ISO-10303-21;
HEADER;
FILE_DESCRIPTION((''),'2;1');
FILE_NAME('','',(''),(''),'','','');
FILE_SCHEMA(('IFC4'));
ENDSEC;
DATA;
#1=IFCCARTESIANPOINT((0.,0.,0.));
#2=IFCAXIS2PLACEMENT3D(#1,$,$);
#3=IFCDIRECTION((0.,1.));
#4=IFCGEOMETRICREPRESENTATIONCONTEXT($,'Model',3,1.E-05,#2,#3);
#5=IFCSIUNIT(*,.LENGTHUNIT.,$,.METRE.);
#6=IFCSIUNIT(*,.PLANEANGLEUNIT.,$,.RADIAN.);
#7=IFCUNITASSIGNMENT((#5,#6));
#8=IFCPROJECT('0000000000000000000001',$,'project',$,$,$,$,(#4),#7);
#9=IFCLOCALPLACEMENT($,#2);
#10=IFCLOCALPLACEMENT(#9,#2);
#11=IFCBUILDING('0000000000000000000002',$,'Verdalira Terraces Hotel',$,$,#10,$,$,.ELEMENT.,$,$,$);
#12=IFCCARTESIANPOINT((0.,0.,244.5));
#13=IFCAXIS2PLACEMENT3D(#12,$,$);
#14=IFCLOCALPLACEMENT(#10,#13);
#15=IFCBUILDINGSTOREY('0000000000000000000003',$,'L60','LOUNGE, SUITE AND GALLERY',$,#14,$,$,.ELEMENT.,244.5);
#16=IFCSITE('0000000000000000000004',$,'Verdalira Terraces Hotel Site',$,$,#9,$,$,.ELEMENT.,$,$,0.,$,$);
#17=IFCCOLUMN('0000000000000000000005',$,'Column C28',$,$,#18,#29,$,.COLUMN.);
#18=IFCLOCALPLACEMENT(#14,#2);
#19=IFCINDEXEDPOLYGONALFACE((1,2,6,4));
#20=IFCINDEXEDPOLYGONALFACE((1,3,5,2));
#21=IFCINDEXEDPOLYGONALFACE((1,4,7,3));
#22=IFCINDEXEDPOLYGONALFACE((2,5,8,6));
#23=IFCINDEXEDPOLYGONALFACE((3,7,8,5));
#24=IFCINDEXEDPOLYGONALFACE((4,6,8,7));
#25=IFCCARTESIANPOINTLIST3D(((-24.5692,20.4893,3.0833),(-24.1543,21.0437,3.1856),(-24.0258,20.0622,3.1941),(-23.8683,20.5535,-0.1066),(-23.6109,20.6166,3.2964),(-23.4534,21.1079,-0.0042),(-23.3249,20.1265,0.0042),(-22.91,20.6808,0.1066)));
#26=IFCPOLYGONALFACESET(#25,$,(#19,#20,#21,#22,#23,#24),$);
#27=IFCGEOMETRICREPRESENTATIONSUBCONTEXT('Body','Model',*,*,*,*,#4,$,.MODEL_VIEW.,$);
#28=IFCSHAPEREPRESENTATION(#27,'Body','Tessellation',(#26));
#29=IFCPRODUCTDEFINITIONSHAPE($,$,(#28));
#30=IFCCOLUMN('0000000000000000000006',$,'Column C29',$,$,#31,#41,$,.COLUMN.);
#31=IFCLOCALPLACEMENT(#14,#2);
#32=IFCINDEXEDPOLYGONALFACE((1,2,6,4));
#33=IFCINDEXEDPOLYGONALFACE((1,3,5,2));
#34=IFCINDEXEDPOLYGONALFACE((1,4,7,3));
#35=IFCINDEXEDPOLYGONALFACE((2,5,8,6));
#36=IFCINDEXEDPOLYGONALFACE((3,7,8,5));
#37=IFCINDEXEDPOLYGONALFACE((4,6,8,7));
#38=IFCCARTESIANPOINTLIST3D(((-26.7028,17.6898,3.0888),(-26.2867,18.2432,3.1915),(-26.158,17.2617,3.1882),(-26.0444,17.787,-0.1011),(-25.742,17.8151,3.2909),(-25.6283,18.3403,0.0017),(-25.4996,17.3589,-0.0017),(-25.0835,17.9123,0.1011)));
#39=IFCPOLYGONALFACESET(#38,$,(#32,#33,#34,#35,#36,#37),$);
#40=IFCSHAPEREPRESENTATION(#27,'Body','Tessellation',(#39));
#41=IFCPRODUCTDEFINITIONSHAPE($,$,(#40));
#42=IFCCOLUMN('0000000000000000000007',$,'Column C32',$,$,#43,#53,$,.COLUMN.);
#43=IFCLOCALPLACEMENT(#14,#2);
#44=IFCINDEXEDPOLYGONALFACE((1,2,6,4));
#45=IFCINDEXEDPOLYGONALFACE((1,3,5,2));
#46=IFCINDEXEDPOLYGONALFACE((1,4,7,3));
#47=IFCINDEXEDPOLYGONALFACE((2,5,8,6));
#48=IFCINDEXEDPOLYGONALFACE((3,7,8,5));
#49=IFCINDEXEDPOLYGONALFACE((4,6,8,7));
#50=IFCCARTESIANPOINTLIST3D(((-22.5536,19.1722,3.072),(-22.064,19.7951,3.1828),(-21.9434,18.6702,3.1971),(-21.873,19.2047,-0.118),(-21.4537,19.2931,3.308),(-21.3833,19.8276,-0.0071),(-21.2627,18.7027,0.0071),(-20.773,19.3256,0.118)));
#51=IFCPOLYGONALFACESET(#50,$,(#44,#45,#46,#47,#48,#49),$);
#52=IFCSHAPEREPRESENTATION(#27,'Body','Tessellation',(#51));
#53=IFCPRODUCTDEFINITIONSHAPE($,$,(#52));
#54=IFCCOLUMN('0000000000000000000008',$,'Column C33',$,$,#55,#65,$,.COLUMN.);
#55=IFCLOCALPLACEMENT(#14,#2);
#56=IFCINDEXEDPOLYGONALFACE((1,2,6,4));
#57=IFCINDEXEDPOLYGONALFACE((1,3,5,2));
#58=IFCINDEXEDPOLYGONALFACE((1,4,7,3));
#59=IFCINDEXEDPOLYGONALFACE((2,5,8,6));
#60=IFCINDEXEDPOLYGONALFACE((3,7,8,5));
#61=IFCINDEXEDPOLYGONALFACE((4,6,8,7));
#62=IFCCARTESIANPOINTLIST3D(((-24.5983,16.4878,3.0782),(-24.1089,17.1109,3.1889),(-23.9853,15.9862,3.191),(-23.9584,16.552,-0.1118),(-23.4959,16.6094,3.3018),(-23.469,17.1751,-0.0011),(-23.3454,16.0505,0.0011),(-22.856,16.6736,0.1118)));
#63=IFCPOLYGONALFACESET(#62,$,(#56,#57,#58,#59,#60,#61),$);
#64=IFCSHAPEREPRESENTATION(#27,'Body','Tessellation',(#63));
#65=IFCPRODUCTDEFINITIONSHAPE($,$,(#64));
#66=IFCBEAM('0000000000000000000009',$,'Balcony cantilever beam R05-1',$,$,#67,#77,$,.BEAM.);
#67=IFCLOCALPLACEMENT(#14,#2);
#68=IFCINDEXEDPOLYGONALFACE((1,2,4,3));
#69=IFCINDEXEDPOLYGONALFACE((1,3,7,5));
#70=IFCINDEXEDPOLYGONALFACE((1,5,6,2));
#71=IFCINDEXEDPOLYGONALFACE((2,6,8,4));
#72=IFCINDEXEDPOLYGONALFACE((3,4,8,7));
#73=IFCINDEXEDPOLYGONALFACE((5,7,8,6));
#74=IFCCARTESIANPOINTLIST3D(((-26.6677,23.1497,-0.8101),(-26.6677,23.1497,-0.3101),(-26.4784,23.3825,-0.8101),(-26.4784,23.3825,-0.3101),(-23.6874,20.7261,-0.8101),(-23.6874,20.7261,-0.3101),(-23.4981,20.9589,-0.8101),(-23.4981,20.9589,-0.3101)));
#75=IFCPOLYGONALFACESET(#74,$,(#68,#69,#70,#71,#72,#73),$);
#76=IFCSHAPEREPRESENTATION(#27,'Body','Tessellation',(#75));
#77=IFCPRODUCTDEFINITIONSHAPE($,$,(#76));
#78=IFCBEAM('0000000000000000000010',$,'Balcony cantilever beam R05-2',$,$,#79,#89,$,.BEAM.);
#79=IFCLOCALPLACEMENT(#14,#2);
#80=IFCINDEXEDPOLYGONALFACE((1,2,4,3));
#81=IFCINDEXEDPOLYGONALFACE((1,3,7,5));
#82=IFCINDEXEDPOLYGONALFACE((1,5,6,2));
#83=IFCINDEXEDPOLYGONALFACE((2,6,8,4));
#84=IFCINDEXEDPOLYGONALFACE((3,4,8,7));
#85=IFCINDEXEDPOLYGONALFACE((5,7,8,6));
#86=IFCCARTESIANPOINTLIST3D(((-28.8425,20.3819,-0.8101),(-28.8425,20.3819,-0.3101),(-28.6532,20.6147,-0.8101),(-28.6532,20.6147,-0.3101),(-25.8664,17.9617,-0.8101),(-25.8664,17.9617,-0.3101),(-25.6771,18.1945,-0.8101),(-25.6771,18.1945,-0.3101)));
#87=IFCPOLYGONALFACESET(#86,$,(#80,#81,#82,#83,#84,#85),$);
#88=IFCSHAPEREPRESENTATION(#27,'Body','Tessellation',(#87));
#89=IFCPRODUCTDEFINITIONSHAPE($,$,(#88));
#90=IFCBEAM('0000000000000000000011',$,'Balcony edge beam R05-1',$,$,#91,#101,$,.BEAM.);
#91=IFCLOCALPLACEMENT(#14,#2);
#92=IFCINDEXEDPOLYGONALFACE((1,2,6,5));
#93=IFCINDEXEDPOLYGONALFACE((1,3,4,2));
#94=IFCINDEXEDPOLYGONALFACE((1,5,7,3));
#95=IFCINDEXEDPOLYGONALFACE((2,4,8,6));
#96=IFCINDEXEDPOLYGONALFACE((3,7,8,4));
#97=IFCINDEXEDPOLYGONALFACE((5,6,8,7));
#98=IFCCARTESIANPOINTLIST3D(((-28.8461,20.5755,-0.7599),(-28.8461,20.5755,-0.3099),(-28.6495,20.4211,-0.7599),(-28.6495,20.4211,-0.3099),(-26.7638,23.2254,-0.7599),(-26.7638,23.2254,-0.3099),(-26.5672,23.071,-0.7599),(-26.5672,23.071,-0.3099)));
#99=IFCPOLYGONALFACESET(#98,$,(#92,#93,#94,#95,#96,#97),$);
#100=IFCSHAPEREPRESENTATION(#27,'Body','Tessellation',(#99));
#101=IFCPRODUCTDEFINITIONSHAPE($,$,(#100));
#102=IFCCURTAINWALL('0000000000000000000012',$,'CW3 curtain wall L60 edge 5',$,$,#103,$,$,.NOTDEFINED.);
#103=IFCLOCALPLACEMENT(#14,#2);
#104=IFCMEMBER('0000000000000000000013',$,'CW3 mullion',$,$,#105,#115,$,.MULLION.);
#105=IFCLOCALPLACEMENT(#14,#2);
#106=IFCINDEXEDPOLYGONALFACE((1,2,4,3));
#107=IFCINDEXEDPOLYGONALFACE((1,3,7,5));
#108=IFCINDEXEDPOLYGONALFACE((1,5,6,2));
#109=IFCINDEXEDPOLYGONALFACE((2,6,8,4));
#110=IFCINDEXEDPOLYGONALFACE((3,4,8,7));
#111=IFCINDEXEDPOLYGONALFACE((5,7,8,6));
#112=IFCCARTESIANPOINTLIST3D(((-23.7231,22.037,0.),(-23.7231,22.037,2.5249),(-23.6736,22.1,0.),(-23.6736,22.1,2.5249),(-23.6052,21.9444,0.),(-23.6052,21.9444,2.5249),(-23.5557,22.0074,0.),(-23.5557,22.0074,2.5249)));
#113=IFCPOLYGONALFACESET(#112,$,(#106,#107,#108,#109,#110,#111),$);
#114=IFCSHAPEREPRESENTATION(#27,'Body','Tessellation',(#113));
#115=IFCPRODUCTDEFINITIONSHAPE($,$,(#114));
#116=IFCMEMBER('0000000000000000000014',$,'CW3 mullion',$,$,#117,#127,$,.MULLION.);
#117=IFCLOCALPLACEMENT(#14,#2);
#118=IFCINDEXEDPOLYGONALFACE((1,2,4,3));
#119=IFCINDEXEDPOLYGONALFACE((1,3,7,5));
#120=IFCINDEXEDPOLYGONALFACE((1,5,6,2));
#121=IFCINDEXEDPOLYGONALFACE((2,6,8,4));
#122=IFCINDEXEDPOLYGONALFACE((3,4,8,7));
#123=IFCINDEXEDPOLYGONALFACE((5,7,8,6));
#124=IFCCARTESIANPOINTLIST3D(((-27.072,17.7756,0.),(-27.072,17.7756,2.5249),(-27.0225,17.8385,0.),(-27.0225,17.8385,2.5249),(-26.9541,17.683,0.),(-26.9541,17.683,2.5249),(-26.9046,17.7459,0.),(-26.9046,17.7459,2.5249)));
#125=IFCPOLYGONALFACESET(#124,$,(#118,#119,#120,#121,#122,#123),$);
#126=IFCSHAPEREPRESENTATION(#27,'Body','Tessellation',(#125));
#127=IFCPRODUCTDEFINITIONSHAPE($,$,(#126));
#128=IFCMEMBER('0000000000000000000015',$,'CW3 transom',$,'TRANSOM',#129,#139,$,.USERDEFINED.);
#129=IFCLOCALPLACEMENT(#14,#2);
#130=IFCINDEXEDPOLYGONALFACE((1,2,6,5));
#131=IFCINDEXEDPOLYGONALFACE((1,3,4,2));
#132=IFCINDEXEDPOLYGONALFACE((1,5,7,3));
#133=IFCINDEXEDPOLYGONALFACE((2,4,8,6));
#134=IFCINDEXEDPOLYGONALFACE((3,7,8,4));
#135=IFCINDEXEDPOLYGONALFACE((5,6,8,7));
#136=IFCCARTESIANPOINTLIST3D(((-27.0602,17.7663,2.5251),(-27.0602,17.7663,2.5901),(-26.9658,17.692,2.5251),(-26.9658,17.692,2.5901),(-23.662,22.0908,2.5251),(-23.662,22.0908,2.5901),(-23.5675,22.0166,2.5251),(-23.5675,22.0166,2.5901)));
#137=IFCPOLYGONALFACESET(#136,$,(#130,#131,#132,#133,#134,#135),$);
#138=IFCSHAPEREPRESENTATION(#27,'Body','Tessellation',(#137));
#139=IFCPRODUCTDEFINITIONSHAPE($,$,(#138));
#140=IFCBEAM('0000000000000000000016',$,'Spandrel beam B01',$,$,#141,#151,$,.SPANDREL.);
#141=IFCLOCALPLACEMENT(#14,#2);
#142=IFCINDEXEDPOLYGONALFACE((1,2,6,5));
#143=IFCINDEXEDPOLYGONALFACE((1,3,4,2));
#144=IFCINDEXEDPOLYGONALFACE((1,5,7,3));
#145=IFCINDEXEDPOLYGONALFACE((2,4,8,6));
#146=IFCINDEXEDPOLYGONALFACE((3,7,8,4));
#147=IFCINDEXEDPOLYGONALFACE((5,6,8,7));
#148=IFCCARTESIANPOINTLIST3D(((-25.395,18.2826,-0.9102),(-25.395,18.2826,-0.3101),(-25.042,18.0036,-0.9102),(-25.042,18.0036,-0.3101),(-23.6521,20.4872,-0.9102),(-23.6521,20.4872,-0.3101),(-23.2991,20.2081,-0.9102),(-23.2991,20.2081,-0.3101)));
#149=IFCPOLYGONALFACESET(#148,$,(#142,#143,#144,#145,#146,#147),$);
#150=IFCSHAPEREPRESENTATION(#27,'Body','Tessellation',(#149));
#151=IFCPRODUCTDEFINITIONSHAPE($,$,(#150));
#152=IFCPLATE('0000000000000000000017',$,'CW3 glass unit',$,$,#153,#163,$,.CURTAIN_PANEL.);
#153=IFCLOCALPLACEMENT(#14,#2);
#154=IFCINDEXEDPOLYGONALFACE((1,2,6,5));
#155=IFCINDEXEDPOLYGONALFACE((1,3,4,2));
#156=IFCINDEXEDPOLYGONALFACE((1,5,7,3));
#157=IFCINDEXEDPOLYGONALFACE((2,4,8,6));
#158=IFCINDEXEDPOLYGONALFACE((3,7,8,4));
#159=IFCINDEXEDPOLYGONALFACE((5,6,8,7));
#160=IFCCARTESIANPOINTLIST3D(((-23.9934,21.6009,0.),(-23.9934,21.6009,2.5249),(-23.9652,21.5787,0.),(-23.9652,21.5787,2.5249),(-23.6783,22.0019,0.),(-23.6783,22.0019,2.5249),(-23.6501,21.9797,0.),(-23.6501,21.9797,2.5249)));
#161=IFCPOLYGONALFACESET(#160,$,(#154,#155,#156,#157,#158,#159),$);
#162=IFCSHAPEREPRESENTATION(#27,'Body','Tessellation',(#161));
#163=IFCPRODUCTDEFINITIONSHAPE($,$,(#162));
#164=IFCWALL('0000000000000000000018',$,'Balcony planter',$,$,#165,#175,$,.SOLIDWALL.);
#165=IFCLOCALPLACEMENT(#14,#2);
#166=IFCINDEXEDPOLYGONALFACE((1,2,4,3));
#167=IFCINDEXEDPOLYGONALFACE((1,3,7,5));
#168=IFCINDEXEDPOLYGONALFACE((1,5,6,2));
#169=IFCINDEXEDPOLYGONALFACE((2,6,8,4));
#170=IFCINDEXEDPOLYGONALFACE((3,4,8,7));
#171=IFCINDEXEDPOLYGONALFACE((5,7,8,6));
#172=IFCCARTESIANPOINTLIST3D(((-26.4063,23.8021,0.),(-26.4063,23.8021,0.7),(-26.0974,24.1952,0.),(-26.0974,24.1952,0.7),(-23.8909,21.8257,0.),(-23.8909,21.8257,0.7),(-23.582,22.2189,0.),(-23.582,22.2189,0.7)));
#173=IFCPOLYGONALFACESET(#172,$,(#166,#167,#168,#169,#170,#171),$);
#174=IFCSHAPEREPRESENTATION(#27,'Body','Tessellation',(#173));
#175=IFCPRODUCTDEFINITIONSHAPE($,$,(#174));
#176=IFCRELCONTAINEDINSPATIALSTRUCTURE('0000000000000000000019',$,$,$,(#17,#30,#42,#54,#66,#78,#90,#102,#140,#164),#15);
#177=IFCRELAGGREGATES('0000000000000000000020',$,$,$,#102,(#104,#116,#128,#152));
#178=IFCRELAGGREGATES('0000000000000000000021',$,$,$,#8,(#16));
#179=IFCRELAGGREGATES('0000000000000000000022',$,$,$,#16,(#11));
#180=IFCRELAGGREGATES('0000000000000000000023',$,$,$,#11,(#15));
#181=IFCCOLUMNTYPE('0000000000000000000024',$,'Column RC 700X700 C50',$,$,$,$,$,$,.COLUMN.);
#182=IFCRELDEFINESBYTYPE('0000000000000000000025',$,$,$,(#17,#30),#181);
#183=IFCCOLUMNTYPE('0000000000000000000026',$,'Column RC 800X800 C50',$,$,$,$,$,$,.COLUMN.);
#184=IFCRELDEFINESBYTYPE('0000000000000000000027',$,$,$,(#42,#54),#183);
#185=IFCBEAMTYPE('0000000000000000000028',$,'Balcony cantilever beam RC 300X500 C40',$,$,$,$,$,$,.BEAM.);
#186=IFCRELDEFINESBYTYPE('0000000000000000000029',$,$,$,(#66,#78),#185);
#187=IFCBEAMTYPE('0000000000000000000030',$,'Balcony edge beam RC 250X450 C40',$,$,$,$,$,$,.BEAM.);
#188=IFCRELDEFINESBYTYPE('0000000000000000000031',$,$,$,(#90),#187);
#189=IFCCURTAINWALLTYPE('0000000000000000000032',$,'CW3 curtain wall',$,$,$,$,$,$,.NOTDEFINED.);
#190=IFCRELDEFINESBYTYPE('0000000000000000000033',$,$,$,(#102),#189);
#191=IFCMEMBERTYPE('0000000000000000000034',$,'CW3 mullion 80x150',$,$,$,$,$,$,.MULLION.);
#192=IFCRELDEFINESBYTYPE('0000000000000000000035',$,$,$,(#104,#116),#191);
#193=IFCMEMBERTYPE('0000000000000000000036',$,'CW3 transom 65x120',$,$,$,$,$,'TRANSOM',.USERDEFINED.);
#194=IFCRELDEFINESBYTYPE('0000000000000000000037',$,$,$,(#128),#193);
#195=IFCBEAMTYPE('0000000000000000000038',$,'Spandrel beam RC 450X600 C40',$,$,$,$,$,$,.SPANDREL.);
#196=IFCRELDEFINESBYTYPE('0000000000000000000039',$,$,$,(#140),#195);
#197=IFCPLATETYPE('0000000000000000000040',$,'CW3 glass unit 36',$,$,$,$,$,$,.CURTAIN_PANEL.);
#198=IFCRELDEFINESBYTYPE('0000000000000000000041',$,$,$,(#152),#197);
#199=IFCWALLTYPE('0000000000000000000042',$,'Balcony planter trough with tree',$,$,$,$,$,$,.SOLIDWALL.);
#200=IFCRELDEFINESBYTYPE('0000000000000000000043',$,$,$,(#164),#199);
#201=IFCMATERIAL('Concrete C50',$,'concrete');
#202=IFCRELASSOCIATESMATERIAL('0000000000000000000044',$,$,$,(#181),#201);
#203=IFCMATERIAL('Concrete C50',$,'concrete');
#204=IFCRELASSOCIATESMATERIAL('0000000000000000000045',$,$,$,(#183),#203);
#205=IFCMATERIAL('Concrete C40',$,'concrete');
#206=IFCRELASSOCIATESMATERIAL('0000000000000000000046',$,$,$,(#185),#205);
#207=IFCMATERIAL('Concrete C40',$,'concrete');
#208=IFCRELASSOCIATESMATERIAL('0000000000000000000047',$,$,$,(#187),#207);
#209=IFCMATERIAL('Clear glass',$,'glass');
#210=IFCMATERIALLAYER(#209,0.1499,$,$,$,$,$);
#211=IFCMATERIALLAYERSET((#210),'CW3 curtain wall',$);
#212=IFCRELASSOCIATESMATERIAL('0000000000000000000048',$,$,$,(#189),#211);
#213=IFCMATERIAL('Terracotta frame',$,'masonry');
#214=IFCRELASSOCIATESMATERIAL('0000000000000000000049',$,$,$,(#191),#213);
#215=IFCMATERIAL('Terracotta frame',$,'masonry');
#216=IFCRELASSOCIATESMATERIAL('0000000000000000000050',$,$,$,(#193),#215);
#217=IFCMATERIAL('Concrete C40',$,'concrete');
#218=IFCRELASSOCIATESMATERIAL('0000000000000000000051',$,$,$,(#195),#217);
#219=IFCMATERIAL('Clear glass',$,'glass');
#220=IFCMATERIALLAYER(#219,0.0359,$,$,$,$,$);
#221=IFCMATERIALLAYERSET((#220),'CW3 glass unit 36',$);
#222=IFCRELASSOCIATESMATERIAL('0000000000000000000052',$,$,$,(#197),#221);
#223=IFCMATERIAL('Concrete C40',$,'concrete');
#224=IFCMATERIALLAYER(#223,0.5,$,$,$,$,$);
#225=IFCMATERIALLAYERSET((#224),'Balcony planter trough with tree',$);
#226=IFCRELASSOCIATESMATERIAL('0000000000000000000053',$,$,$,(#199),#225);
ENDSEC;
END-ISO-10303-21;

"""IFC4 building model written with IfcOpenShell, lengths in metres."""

from ifc_helpers import new_model, si_unit, direction, frame, frame_2d, origin, origin_2d, place, context, subcontext, project, spatial, rectangle, extrude, material, layer, layer_set, material_profile, profile_set, type_object, element, aggregate, save


model = new_model("IFC4")

# Units and contexts
model_context = context("Model", 3, precision=1e-05, world=origin(), true_north=direction((0.0, 1.0)))
body_context = subcontext(model_context, "Body", "Model", "MODEL_VIEW")
ifc_project = project(units=[si_unit("LENGTHUNIT", "METRE"), si_unit("PLANEANGLEUNIT", "RADIAN")], contexts=[model_context])

# Site, building, storey
site_placement = place(None, origin())
site = spatial("IfcSite", under=ifc_project, at=site_placement, Name="Verdalira Terraces Hotel Site", CompositionType="ELEMENT", RefElevation=0.0)
building_placement = place(site_placement, origin())
building = spatial("IfcBuilding", under=site, at=building_placement, Name="Verdalira Terraces Hotel", CompositionType="ELEMENT")
storey_placement = place(building_placement, frame((0.0, 0.0, 244.5)))
storey = spatial("IfcBuildingStorey", under=building, at=storey_placement, Name="L60", Description="LOUNGE, SUITE AND GALLERY", CompositionType="ELEMENT", Elevation=244.5)

# Columns
ifc_material_1 = material(Name="Concrete C50", Category="concrete")
ifc_material_profile_1 = material_profile(ifc_material_1, rectangle(XDim=0.7, YDim=0.7, at=origin_2d()), Name="RC 700X700")
ifc_profile_set_1 = profile_set([ifc_material_profile_1], Name="Concrete C50")
column_type_1 = type_object("IfcColumnType", Name="Column RC 700X700 C50", PredefinedType="COLUMN", material=ifc_profile_set_1)
column_1_placement = place(storey_placement, frame((-23.3892, 20.6172, 0.0), z_axis=(-0.214569, -0.019656, 0.976511), x_axis=(-0.592724, -0.792028, -0.146182)))
element("IfcColumn", 1, at=column_1_placement, inside=storey, type_object=column_type_1, Name="Column C28", PredefinedType="COLUMN", context=body_context, shape_type="SweptSolid", body=[
    extrude(rectangle(XDim=0.7, YDim=0.7, at=origin_2d()), origin(), (0.0, 0.0, 1.0), 3.2666),
])
column_2_placement = place(storey_placement, frame((-25.564, 17.8496, 0.0), z_axis=(-0.202062, -0.029819, 0.978919), x_axis=(-0.594454, -0.790619, -0.146786)))
element("IfcColumn", 2, at=column_2_placement, inside=storey, type_object=column_type_1, Name="Column C29", PredefinedType="COLUMN", context=body_context, shape_type="SweptSolid", body=[
    extrude(rectangle(XDim=0.7, YDim=0.7, at=origin_2d()), origin(), (0.0, 0.0, 1.0), 3.2585),
])
ifc_material_2 = material(Name="Concrete C50", Category="concrete")
ifc_material_profile_2 = material_profile(ifc_material_2, rectangle(XDim=0.8, YDim=0.8, at=origin_2d()), Name="RC 800X800")
ifc_profile_set_2 = profile_set([ifc_material_profile_2], Name="Concrete C50")
column_type_2 = type_object("IfcColumnType", Name="Column RC 800X800 C50", PredefinedType="COLUMN", material=ifc_profile_set_2)
column_3_placement = place(storey_placement, frame((-21.323, 19.2651, 0.0), z_axis=(-0.20867, -0.009954, 0.977935), x_axis=(-0.762796, 0.627445, -0.156377)))
element("IfcColumn", 3, at=column_3_placement, inside=storey, type_object=column_type_2, Name="Column C32", PredefinedType="COLUMN", context=body_context, shape_type="SweptSolid", body=[
    extrude(rectangle(XDim=0.8, YDim=0.8, at=origin_2d()), origin(), (0.0, 0.0, 1.0), 3.262),
])
column_4_placement = place(storey_placement, frame((-23.4072, 16.6128, 0.0), z_axis=(-0.196641, -0.019732, 0.980277), x_axis=(-0.766214, 0.626906, -0.141082)))
element("IfcColumn", 4, at=column_4_placement, inside=storey, type_object=column_type_2, Name="Column C33", PredefinedType="COLUMN", context=body_context, shape_type="SweptSolid", body=[
    extrude(rectangle(XDim=0.8, YDim=0.8, at=origin_2d()), origin(), (0.0, 0.0, 1.0), 3.2542),
])

# Beams
ifc_material_3 = material(Name="Concrete C40", Category="concrete")
ifc_material_profile_3 = material_profile(ifc_material_3, rectangle(XDim=0.3, YDim=0.5, at=origin_2d()), Name="RC 300X500")
ifc_profile_set_3 = profile_set([ifc_material_profile_3], Name="Concrete C40")
beam_type_1 = type_object("IfcBeamType", Name="Balcony cantilever beam RC 300X500 C40", PredefinedType="BEAM", material=ifc_profile_set_3)
beam_1_placement = place(storey_placement, frame((-23.5928, 20.8425, -0.5601), z_axis=(-0.77584, 0.63093, 0.0), x_axis=(-0.63093, -0.77584, 0.0)))
element("IfcBeam", 5, at=beam_1_placement, inside=storey, type_object=beam_type_1, Name="Balcony cantilever beam R05-1", PredefinedType="BEAM", context=body_context, shape_type="SweptSolid", body=[
    extrude(rectangle(XDim=0.3, YDim=0.5, at=origin_2d()), origin(), (0.0, 0.0, 1.0), 3.8413),
])
beam_2_placement = place(storey_placement, frame((-25.7717, 18.0781, -0.5601), z_axis=(-0.775845, 0.630923, 0.0), x_axis=(-0.630923, -0.775845, 0.0)))
element("IfcBeam", 6, at=beam_2_placement, inside=storey, type_object=beam_type_1, Name="Balcony cantilever beam R05-2", PredefinedType="BEAM", context=body_context, shape_type="SweptSolid", body=[
    extrude(rectangle(XDim=0.3, YDim=0.5, at=origin_2d()), origin(), (0.0, 0.0, 1.0), 3.8359),
])
ifc_material_4 = material(Name="Concrete C40", Category="concrete")
ifc_material_profile_4 = material_profile(ifc_material_4, rectangle(XDim=0.25, YDim=0.45, at=origin_2d()), Name="RC 250X450")
ifc_profile_set_4 = profile_set([ifc_material_profile_4], Name="Concrete C40")
beam_type_2 = type_object("IfcBeamType", Name="Balcony edge beam RC 250X450 C40", PredefinedType="BEAM", material=ifc_profile_set_4)
beam_3_placement = place(storey_placement, frame((-26.6655, 23.1482, -0.5349), z_axis=(-0.61786, -0.786288, 0.0), x_axis=(0.786288, -0.61786, 0.0)))
element("IfcBeam", 7, at=beam_3_placement, inside=storey, type_object=beam_type_2, Name="Balcony edge beam R05-1", PredefinedType="BEAM", context=body_context, shape_type="SweptSolid", body=[
    extrude(rectangle(XDim=0.25, YDim=0.45, at=origin_2d()), origin(), (0.0, 0.0, 1.0), 3.3701),
])

# Curtain wall, members
ifc_material_5 = material(Name="Clear glass", Category="glass")
ifc_layer_1 = layer(ifc_material_5, 0.1499)
ifc_layer_set_1 = layer_set([ifc_layer_1], Name="CW3 curtain wall")
curtain_wall_type = type_object("IfcCurtainWallType", Name="CW3 curtain wall", PredefinedType="NOTDEFINED", material=ifc_layer_set_1)
curtain_wall_placement = place(storey_placement, origin())
curtain_wall = element("IfcCurtainWall", 8, at=curtain_wall_placement, inside=storey, type_object=curtain_wall_type, Name="CW3 curtain wall L60 edge 5", PredefinedType="NOTDEFINED")
ifc_material_6 = material(Name="Terracotta frame", Category="masonry")
ifc_material_profile_5 = material_profile(ifc_material_6, rectangle(XDim=0.0801, YDim=0.1499, at=origin_2d()), Name="MU 80x150")
ifc_profile_set_5 = profile_set([ifc_material_profile_5], Name="Terracotta frame")
member_type_1 = type_object("IfcMemberType", Name="CW3 mullion 80x150", PredefinedType="MULLION", material=ifc_profile_set_5)
member_1_placement = place(storey_placement, frame((-23.6394, 22.0222, 0.0), z_axis=(0.0, 0.0, 1.0), x_axis=(-0.61786, -0.786288, 0.0)))
member_1 = element("IfcMember", 9, at=member_1_placement, type_object=member_type_1, Name="CW3 mullion", PredefinedType="MULLION", context=body_context, shape_type="SweptSolid", body=[
    extrude(rectangle(XDim=0.0801, YDim=0.1499, at=origin_2d()), origin(), (0.0, 0.0, 1.0), 2.5249),
])
member_2_placement = place(storey_placement, frame((-26.9883, 17.7607, 0.0), z_axis=(0.0, 0.0, 1.0), x_axis=(-0.61786, -0.786288, 0.0)))
member_2 = element("IfcMember", 10, at=member_2_placement, type_object=member_type_1, Name="CW3 mullion", PredefinedType="MULLION", context=body_context, shape_type="SweptSolid", body=[
    extrude(rectangle(XDim=0.0801, YDim=0.1499, at=origin_2d()), origin(), (0.0, 0.0, 1.0), 2.5249),
])
ifc_material_7 = material(Name="Terracotta frame", Category="masonry")
ifc_material_profile_6 = material_profile(ifc_material_7, rectangle(XDim=0.1201, YDim=0.0649, at=origin_2d()), Name="TR 65x120")
ifc_profile_set_6 = profile_set([ifc_material_profile_6], Name="Terracotta frame")
member_type_2 = type_object("IfcMemberType", Name="CW3 transom 65x120", ElementType="TRANSOM", PredefinedType="USERDEFINED", material=ifc_profile_set_6)
member_3_placement = place(storey_placement, frame((-23.6147, 22.0537, 2.5576), z_axis=(-0.617867, -0.786283, 0.0), x_axis=(0.786283, -0.617867, 0.0)))
member_3 = element("IfcMember", 11, at=member_3_placement, type_object=member_type_2, Name="CW3 transom", ObjectType="TRANSOM", PredefinedType="USERDEFINED", context=body_context, shape_type="SweptSolid", body=[
    extrude(rectangle(XDim=0.1201, YDim=0.0649, at=origin_2d()), origin(), (0.0, 0.0, 1.0), 5.5),
])

# Beam
ifc_material_8 = material(Name="Concrete C40", Category="concrete")
ifc_material_profile_7 = material_profile(ifc_material_8, rectangle(XDim=0.45, YDim=0.6001, at=origin_2d()), Name="RC 450X600")
ifc_profile_set_7 = profile_set([ifc_material_profile_7], Name="Concrete C40")
beam_type_3 = type_object("IfcBeamType", Name="Spandrel beam RC 450X600 C40", PredefinedType="SPANDREL", material=ifc_profile_set_7)
beam_4_placement = place(storey_placement, frame((-23.4756, 20.3477, -0.6101), z_axis=(-0.620182, -0.784458, 0.0), x_axis=(0.784458, -0.620182, 0.0)))
element("IfcBeam", 12, at=beam_4_placement, inside=storey, type_object=beam_type_3, Name="Spandrel beam B01", PredefinedType="SPANDREL", context=body_context, shape_type="SweptSolid", body=[
    extrude(rectangle(XDim=0.45, YDim=0.6001, at=origin_2d()), origin(), (0.0, 0.0, 1.0), 2.8103),
])

# Plate
ifc_material_9 = material(Name="Clear glass", Category="glass")
ifc_layer_2 = layer(ifc_material_9, 0.0359)
ifc_layer_set_2 = layer_set([ifc_layer_2], Name="CW3 glass unit 36")
plate_type = type_object("IfcPlateType", Name="CW3 glass unit 36", PredefinedType="CURTAIN_PANEL", material=ifc_layer_set_2)
plate_placement = place(storey_placement, frame((-23.8218, 21.7903, 0.0), z_axis=(0.0, 0.0, 1.0), x_axis=(-0.61786, -0.786288, 0.0)))
plate = element("IfcPlate", 13, at=plate_placement, type_object=plate_type, Name="CW3 glass unit", PredefinedType="CURTAIN_PANEL", context=body_context, shape_type="SweptSolid", body=[
    extrude(rectangle(XDim=0.51, YDim=0.0359, at=origin_2d()), origin(), (0.0, 0.0, 1.0), 2.5249),
])
aggregate(curtain_wall, [member_1, member_2, member_3, plate])

# Wall
ifc_material_10 = material(Name="Concrete C40", Category="concrete")
ifc_layer_3 = layer(ifc_material_10, 0.5)
ifc_layer_set_3 = layer_set([ifc_layer_3], Name="Balcony planter trough with tree")
wall_type_1 = type_object("IfcWallType", Name="Balcony planter trough with tree", PredefinedType="SOLIDWALL", material=ifc_layer_set_3)
wall_1_placement = place(storey_placement, frame((-23.7363, 22.0222, 0.0), z_axis=(0.0, 0.0, 1.0), x_axis=(-0.786326, 0.617811, 0.0)))
element("IfcWall", 14, at=wall_1_placement, inside=storey, type_object=wall_type_1, Name="Balcony planter", PredefinedType="SOLIDWALL", context=body_context, shape_type="SweptSolid", body=[
    extrude(rectangle(XDim=3.199, YDim=0.5, at=frame_2d((1.5996, 0.0))), origin(), (0.0, 0.0, 1.0), 0.7),
])

save(model, "model.ifc")
